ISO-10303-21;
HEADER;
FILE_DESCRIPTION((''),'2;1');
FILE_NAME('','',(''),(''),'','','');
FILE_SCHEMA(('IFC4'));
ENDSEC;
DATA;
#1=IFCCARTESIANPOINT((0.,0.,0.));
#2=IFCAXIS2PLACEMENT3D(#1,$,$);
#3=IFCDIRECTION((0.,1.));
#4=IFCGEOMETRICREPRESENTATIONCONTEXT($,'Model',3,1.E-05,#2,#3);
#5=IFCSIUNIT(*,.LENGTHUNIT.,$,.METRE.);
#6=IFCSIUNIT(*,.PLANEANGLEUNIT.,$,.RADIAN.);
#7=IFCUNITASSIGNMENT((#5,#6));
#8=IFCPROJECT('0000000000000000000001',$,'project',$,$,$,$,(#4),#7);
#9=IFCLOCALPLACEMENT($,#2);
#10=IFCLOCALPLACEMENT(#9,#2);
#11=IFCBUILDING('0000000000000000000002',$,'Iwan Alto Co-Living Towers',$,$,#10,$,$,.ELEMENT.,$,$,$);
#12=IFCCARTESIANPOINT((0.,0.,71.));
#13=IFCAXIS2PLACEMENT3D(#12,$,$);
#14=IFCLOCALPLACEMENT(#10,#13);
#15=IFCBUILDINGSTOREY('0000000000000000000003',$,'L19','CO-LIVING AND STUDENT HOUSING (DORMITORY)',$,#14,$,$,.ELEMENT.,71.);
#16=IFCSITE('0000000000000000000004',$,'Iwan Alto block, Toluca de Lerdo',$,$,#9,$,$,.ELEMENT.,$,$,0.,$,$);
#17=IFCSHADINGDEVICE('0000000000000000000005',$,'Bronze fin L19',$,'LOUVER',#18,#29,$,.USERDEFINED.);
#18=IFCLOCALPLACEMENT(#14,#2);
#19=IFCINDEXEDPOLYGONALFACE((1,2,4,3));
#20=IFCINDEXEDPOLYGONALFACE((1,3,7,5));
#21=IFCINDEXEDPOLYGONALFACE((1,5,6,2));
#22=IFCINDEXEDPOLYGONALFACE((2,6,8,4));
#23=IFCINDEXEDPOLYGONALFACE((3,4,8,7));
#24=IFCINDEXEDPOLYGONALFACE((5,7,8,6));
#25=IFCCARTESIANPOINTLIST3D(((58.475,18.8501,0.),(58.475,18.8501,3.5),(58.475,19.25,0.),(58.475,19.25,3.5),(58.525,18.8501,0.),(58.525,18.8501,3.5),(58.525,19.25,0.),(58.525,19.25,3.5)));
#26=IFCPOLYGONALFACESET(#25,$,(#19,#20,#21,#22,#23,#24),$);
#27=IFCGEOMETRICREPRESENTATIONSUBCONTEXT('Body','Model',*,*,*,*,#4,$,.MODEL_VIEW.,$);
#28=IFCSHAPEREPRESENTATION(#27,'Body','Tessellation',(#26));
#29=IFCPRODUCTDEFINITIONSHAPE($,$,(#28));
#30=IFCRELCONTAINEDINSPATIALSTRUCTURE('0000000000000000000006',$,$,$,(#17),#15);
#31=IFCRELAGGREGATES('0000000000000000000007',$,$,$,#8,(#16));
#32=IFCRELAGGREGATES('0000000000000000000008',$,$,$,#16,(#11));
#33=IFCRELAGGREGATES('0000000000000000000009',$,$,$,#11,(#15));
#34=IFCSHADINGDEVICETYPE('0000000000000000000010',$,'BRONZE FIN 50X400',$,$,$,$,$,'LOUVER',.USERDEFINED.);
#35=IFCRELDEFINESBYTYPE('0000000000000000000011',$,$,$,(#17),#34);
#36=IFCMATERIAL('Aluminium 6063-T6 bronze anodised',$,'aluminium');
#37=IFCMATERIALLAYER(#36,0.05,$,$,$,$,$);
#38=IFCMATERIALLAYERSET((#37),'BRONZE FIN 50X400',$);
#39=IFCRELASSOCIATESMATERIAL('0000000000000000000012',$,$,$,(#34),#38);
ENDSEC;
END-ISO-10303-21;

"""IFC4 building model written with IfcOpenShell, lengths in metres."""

from ifc_helpers import new_model, si_unit, direction, frame, origin, origin_2d, place, context, subcontext, project, spatial, rectangle, extrude, material, layer, layer_set, type_object, element, save


model = new_model("IFC4")

# Units and contexts
model_context = context("Model", 3, precision=1e-05, world=origin(), true_north=direction((0.0, 1.0)))
body_context = subcontext(model_context, "Body", "Model", "MODEL_VIEW")
ifc_project = project(units=[si_unit("LENGTHUNIT", "METRE"), si_unit("PLANEANGLEUNIT", "RADIAN")], contexts=[model_context])

# Site, building, storey
site_placement = place(None, origin())
site = spatial("IfcSite", under=ifc_project, at=site_placement, Name="Iwan Alto block, Toluca de Lerdo", CompositionType="ELEMENT", RefElevation=0.0)
building_placement = place(site_placement, origin())
building = spatial("IfcBuilding", under=site, at=building_placement, Name="Iwan Alto Co-Living Towers", CompositionType="ELEMENT")
storey_placement = place(building_placement, frame((0.0, 0.0, 71.0)))
storey = spatial("IfcBuildingStorey", under=building, at=storey_placement, Name="L19", Description="CO-LIVING AND STUDENT HOUSING (DORMITORY)", CompositionType="ELEMENT", Elevation=71.0)

# Shading device
ifc_material_1 = material(Name="Aluminium 6063-T6 bronze anodised", Category="aluminium")
ifc_layer_1 = layer(ifc_material_1, 0.05)
ifc_layer_set_1 = layer_set([ifc_layer_1], Name="BRONZE FIN 50X400")
shading_device_type = type_object("IfcShadingDeviceType", Name="BRONZE FIN 50X400", ElementType="LOUVER", PredefinedType="USERDEFINED", material=ifc_layer_set_1)
shading_device_placement = place(storey_placement, frame((58.5, 19.05, 0.0), z_axis=(0.0, 0.0, 1.0), x_axis=(-1.0, 0.0, 0.0)))
element("IfcShadingDevice", 1, at=shading_device_placement, inside=storey, type_object=shading_device_type, Name="Bronze fin L19", ObjectType="LOUVER", PredefinedType="USERDEFINED", context=body_context, shape_type="SweptSolid", body=[
    extrude(rectangle(XDim=0.05, YDim=0.3999, at=origin_2d()), origin(), (0.0, 0.0, 1.0), 3.5),
])

save(model, "model.ifc")
